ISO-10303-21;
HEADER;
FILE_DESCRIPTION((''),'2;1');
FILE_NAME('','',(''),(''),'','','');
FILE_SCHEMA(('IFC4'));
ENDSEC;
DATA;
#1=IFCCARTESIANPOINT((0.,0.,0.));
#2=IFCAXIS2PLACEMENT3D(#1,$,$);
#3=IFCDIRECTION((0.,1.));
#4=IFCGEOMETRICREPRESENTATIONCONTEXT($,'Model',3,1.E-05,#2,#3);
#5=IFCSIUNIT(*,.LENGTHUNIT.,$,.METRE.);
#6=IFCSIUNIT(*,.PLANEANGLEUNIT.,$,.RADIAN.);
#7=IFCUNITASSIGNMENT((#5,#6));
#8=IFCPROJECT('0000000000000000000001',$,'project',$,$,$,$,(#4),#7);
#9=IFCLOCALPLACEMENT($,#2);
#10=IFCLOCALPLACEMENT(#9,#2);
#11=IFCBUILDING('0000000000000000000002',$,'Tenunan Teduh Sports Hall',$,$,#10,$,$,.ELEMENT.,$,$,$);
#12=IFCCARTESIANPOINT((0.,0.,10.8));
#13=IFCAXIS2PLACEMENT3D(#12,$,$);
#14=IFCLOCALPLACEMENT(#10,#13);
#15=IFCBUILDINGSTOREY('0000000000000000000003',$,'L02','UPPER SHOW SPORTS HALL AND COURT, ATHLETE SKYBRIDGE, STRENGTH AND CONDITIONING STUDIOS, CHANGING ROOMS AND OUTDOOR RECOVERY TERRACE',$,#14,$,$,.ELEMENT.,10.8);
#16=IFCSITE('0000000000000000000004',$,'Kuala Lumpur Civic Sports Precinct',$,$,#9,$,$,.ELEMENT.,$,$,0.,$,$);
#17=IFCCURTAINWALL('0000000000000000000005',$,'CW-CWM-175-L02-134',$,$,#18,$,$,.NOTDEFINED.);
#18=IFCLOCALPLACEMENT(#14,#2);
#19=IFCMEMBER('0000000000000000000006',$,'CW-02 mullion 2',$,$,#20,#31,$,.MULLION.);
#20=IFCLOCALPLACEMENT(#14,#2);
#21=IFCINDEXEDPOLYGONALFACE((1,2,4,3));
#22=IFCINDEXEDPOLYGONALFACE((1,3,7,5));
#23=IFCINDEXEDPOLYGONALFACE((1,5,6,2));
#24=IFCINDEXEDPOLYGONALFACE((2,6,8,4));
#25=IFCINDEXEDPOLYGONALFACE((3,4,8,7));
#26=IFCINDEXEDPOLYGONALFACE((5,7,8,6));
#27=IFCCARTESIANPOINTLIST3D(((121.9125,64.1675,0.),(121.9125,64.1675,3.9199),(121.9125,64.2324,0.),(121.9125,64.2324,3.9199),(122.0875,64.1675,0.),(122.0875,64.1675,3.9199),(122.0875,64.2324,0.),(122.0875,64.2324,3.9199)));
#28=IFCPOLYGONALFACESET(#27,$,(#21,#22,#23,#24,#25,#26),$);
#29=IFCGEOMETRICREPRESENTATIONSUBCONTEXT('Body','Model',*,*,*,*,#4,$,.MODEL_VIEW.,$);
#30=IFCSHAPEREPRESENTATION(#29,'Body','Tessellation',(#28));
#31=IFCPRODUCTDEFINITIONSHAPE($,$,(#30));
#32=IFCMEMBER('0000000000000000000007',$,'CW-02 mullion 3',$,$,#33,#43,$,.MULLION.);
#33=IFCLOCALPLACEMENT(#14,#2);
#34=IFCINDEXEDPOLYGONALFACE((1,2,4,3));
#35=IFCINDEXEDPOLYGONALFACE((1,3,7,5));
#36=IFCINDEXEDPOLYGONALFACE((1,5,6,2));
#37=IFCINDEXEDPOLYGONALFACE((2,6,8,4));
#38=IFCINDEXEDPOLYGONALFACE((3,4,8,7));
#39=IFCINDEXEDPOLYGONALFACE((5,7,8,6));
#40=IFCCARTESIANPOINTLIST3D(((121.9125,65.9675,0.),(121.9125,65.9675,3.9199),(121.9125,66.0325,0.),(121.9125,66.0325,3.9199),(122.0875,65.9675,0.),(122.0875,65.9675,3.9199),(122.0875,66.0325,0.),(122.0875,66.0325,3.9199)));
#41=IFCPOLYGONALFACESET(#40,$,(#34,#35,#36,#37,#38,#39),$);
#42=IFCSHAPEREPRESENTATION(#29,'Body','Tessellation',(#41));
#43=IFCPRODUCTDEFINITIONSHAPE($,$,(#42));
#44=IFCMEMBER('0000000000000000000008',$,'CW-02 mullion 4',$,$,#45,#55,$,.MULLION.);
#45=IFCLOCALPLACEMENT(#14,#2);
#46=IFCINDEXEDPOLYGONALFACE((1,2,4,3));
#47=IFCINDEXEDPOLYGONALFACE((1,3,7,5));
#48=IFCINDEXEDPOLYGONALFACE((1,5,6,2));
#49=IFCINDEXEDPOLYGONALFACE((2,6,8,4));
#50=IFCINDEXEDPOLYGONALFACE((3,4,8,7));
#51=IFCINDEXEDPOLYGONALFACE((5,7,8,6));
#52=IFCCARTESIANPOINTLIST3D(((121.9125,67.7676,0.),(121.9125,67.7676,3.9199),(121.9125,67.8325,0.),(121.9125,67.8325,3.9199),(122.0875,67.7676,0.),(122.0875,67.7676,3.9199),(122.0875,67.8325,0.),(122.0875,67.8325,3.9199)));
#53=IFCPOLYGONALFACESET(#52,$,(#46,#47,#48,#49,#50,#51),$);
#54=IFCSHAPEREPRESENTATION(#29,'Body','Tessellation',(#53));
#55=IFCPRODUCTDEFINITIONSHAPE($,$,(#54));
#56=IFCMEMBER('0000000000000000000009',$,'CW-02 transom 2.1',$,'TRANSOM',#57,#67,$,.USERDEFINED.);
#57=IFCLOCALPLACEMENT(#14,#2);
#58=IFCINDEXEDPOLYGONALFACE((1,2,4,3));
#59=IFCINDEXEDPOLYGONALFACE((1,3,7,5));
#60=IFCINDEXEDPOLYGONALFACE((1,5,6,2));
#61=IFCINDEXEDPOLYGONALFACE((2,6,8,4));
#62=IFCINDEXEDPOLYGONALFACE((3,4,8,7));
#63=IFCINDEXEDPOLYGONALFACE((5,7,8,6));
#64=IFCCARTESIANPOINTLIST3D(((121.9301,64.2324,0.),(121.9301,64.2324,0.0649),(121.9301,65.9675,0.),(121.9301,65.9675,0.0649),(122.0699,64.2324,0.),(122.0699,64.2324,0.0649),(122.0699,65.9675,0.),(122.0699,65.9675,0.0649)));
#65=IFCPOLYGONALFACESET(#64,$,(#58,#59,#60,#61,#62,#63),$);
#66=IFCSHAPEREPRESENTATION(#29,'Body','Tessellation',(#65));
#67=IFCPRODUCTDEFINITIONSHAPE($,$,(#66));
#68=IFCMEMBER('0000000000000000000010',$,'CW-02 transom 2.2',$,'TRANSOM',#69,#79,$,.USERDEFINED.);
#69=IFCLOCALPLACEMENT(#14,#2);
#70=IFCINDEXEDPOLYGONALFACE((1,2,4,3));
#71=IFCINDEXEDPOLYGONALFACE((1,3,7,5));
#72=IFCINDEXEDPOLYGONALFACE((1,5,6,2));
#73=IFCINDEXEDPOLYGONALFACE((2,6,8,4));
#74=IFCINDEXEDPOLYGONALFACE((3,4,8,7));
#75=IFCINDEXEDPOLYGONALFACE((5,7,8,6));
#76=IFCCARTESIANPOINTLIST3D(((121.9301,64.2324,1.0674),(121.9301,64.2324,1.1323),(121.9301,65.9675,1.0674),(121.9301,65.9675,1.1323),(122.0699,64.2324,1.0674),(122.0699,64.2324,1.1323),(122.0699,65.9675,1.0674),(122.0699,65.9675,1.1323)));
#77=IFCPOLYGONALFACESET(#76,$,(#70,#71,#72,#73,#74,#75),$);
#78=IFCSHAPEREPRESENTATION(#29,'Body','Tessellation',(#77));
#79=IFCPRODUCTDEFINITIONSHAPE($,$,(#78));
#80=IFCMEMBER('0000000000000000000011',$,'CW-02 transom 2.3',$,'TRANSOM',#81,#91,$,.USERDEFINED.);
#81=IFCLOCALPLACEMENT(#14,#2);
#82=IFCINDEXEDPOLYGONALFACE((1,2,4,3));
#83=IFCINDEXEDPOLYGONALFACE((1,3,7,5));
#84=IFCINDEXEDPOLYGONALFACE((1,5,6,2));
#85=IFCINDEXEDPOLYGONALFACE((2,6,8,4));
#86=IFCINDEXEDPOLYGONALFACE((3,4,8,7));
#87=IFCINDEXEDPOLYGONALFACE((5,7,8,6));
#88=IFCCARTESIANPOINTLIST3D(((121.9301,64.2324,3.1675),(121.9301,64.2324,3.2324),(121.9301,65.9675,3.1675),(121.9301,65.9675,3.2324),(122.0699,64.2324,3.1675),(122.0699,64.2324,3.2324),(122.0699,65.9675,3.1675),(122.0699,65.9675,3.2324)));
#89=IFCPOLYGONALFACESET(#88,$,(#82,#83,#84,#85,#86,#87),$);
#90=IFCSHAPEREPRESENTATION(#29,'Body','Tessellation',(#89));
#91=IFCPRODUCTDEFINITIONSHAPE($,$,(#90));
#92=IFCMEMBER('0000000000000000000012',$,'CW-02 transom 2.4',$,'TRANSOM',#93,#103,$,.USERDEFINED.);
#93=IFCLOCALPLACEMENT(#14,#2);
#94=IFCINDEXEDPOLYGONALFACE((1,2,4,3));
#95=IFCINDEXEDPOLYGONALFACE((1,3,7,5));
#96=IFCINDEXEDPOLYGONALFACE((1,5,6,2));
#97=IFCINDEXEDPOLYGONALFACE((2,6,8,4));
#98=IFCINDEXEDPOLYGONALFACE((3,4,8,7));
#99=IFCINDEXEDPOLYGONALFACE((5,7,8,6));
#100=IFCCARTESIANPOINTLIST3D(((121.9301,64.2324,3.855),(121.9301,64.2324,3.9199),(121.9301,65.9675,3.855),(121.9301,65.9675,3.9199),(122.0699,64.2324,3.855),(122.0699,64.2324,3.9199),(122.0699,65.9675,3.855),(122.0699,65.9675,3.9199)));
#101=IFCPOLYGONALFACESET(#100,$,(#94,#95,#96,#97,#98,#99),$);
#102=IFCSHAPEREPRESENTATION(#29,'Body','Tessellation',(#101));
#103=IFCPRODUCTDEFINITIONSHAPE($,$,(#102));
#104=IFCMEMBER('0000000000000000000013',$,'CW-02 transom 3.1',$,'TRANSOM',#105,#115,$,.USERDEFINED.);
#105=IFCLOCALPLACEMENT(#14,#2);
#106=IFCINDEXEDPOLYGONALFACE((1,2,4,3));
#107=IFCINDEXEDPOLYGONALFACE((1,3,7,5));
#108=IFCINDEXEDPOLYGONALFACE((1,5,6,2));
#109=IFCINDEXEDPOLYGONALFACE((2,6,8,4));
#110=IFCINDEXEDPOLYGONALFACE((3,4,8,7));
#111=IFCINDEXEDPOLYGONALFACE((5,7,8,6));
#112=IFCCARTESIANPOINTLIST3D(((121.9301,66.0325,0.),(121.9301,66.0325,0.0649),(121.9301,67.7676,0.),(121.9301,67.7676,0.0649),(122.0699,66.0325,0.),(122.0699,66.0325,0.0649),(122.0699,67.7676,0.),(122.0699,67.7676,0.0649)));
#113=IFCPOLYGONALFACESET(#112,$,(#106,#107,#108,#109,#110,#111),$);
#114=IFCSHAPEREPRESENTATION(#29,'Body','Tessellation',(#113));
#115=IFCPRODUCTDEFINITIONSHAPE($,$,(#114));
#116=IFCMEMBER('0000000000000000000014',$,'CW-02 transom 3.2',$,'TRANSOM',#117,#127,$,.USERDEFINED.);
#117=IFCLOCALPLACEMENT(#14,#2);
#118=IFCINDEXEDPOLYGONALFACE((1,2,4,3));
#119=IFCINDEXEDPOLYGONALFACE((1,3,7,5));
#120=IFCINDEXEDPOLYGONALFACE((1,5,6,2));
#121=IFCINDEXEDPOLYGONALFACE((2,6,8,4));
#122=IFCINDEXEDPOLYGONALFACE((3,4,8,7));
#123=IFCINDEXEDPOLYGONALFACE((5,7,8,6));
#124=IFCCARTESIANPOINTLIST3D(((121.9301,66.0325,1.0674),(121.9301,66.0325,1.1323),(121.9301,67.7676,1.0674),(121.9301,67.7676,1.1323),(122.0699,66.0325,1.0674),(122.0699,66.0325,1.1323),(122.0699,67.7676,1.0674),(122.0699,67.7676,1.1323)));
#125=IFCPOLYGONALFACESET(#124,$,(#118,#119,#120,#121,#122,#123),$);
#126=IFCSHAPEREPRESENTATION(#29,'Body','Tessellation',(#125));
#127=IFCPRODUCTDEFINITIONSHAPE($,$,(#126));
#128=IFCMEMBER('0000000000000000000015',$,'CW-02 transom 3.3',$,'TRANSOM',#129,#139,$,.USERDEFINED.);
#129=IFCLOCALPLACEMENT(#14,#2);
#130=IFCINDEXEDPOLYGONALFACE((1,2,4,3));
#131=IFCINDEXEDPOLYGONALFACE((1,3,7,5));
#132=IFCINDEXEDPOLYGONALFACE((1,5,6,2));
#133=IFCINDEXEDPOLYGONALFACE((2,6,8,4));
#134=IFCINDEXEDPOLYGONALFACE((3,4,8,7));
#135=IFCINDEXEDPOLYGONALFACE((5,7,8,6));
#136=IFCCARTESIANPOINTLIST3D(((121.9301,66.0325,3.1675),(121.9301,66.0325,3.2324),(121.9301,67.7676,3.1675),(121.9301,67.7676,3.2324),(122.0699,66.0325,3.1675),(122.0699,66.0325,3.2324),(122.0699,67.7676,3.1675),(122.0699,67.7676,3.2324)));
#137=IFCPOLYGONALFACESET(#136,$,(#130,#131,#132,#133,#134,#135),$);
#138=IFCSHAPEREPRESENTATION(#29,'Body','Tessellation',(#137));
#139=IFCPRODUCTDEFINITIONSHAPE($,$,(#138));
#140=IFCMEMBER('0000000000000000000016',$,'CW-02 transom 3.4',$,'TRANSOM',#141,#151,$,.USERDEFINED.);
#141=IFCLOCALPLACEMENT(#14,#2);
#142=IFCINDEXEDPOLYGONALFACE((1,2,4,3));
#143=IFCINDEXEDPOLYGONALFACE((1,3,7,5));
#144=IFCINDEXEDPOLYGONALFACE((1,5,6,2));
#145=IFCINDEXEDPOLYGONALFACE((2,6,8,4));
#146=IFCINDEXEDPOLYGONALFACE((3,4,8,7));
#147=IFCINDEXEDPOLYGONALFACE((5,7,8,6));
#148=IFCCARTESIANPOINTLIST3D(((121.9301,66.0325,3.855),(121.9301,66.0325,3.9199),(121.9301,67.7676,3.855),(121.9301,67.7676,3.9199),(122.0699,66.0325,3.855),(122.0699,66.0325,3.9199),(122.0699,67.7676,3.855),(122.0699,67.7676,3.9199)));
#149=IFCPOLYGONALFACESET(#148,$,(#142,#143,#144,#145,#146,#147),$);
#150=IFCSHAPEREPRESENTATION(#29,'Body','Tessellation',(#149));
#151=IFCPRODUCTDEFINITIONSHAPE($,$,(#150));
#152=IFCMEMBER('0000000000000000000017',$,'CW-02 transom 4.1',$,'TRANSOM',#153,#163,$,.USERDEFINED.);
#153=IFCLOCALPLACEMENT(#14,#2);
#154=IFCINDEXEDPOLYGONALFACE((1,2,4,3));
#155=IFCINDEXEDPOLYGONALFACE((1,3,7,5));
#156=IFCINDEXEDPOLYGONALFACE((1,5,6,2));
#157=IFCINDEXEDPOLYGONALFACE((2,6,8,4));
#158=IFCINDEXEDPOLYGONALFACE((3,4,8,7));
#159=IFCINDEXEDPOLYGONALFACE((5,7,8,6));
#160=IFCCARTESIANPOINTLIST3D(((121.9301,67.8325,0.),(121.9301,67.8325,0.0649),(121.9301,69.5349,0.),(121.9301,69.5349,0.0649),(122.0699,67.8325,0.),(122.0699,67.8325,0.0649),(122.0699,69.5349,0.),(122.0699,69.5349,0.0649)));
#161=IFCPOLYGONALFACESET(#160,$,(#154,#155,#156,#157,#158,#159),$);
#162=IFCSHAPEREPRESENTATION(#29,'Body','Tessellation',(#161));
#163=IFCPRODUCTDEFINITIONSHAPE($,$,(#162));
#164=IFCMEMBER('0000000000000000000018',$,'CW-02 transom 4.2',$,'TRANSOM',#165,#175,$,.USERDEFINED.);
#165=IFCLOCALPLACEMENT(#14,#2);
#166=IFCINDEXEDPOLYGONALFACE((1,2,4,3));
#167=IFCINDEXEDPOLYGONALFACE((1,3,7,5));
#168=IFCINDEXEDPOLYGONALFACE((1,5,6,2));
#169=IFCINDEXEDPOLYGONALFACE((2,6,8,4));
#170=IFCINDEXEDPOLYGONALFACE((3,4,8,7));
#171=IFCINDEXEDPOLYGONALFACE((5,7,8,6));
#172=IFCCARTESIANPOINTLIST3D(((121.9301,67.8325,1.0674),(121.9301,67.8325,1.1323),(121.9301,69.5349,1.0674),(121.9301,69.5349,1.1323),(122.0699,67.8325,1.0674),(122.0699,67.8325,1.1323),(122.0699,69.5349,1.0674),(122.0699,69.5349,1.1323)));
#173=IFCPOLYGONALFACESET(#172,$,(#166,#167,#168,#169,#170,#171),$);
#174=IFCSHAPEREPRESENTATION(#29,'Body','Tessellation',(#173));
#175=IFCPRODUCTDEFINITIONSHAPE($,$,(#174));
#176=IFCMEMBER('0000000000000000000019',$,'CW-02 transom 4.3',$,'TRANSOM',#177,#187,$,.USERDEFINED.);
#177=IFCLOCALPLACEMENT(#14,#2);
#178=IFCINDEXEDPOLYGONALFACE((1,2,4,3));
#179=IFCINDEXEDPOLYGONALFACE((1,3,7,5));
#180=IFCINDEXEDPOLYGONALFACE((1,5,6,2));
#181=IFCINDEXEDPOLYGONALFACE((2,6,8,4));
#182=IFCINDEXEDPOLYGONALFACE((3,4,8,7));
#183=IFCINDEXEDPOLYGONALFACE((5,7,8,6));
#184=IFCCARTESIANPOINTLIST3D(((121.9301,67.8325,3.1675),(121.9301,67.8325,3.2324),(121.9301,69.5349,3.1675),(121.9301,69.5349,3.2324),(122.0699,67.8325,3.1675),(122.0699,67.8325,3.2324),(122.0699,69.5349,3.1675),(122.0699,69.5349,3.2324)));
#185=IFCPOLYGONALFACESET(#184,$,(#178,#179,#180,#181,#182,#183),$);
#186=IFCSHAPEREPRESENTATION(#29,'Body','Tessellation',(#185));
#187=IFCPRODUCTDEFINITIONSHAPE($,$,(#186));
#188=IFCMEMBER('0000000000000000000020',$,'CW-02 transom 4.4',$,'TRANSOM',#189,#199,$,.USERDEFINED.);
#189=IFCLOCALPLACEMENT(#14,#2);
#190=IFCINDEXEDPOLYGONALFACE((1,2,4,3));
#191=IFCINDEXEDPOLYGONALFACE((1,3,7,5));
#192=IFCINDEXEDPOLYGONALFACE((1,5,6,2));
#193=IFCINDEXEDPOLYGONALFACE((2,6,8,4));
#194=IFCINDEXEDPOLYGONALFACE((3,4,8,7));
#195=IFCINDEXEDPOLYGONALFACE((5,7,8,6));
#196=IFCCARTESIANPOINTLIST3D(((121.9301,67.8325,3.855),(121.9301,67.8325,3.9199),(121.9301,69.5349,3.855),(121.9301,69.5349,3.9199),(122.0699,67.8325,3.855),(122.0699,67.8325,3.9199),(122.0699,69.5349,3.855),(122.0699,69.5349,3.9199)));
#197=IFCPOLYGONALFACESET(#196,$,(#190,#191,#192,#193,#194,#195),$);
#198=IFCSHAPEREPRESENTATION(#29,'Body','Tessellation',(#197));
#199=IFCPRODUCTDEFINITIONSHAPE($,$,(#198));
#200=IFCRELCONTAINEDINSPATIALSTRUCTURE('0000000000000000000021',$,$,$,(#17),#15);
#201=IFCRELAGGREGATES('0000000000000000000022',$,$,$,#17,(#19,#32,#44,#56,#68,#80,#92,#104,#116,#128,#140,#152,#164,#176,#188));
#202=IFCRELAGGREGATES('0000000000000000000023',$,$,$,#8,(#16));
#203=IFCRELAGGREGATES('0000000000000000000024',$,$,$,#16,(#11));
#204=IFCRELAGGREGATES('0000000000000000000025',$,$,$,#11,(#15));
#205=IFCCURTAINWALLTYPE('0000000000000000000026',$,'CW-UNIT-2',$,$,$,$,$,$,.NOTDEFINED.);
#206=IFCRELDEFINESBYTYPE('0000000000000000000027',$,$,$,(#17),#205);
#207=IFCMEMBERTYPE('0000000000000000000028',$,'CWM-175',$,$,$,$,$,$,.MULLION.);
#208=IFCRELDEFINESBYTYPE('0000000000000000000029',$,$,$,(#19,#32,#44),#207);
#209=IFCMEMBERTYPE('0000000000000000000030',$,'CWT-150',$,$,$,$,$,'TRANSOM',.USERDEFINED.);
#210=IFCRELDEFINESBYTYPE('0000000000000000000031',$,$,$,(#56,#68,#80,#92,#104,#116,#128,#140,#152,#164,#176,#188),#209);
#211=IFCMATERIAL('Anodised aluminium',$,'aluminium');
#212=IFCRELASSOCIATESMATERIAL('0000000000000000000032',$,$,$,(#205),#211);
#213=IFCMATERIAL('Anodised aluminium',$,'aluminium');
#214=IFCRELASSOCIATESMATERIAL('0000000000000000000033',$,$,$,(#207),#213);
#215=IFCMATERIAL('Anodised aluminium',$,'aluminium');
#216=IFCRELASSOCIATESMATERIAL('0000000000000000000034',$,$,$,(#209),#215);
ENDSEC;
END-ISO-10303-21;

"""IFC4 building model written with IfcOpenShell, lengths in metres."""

from ifc_helpers import new_model, si_unit, direction, frame, origin, origin_2d, place, context, subcontext, project, spatial, rectangle, extrude, material, material_profile, profile_set, type_object, element, aggregate, save


model = new_model("IFC4")

# Units and contexts
model_context = context("Model", 3, precision=1e-05, world=origin(), true_north=direction((0.0, 1.0)))
body_context = subcontext(model_context, "Body", "Model", "MODEL_VIEW")
ifc_project = project(units=[si_unit("LENGTHUNIT", "METRE"), si_unit("PLANEANGLEUNIT", "RADIAN")], contexts=[model_context])

# Site, building, storey
site_placement = place(None, origin())
site = spatial("IfcSite", under=ifc_project, at=site_placement, Name="Kuala Lumpur Civic Sports Precinct", CompositionType="ELEMENT", RefElevation=0.0)
building_placement = place(site_placement, origin())
building = spatial("IfcBuilding", under=site, at=building_placement, Name="Tenunan Teduh Sports Hall", CompositionType="ELEMENT")
storey_placement = place(building_placement, frame((0.0, 0.0, 10.8)))
storey = spatial("IfcBuildingStorey", under=building, at=storey_placement, Name="L02", Description="UPPER SHOW SPORTS HALL AND COURT, ATHLETE SKYBRIDGE, STRENGTH AND CONDITIONING STUDIOS, CHANGING ROOMS AND OUTDOOR RECOVERY TERRACE", CompositionType="ELEMENT", Elevation=10.8)

# Curtain wall, members
ifc_material_1 = material(Name="Anodised aluminium", Category="aluminium")
curtain_wall_type = type_object("IfcCurtainWallType", Name="CW-UNIT-2", PredefinedType="NOTDEFINED", material=ifc_material_1)
curtain_wall_placement = place(storey_placement, origin())
curtain_wall = element("IfcCurtainWall", 1, at=curtain_wall_placement, inside=storey, type_object=curtain_wall_type, Name="CW-CWM-175-L02-134", PredefinedType="NOTDEFINED")
ifc_material_2 = material(Name="Anodised aluminium", Category="aluminium")
ifc_material_profile_1 = material_profile(ifc_material_2, rectangle(XDim=0.0649, YDim=0.175, at=origin_2d()), Name="CWM 65x175")
ifc_profile_set_1 = profile_set([ifc_material_profile_1], Name="Anodised aluminium")
member_type_1 = type_object("IfcMemberType", Name="CWM-175", PredefinedType="MULLION", material=ifc_profile_set_1)
member_1_placement = place(storey_placement, frame((122.0, 64.2, 0.0), z_axis=(0.0, 0.0, 1.0), x_axis=(0.0, 1.0, 0.0)))
member_1 = element("IfcMember", 2, at=member_1_placement, type_object=member_type_1, Name="CW-02 mullion 2", PredefinedType="MULLION", context=body_context, shape_type="SweptSolid", body=[
    extrude(rectangle(XDim=0.0649, YDim=0.175, at=origin_2d()), origin(), (0.0, 0.0, 1.0), 3.9199),
])
member_2_placement = place(storey_placement, frame((122.0, 66.0, 0.0), z_axis=(0.0, 0.0, 1.0), x_axis=(0.0, 1.0, 0.0)))
member_2 = element("IfcMember", 3, at=member_2_placement, type_object=member_type_1, Name="CW-02 mullion 3", PredefinedType="MULLION", context=body_context, shape_type="SweptSolid", body=[
    extrude(rectangle(XDim=0.0649, YDim=0.175, at=origin_2d()), origin(), (0.0, 0.0, 1.0), 3.9199),
])
member_3_placement = place(storey_placement, frame((122.0, 67.8, 0.0), z_axis=(0.0, 0.0, 1.0), x_axis=(0.0, 1.0, 0.0)))
member_3 = element("IfcMember", 4, at=member_3_placement, type_object=member_type_1, Name="CW-02 mullion 4", PredefinedType="MULLION", context=body_context, shape_type="SweptSolid", body=[
    extrude(rectangle(XDim=0.0649, YDim=0.175, at=origin_2d()), origin(), (0.0, 0.0, 1.0), 3.9199),
])
ifc_material_3 = material(Name="Anodised aluminium", Category="aluminium")
ifc_material_profile_2 = material_profile(ifc_material_3, rectangle(XDim=0.0649, YDim=0.1399, at=origin_2d()), Name="CWT 65x140")
ifc_profile_set_2 = profile_set([ifc_material_profile_2], Name="Anodised aluminium")
member_type_2 = type_object("IfcMemberType", Name="CWT-150", ElementType="TRANSOM", PredefinedType="USERDEFINED", material=ifc_profile_set_2)
member_4_placement = place(storey_placement, frame((122.0, 64.2324, 0.0325), z_axis=(0.0, 1.0, 0.0), x_axis=(0.0, 0.0, 1.0)))
member_4 = element("IfcMember", 5, at=member_4_placement, type_object=member_type_2, Name="CW-02 transom 2.1", ObjectType="TRANSOM", PredefinedType="USERDEFINED", context=body_context, shape_type="SweptSolid", body=[
    extrude(rectangle(XDim=0.0649, YDim=0.1399, at=origin_2d()), origin(), (0.0, 0.0, 1.0), 1.7351),
])
member_5_placement = place(storey_placement, frame((122.0, 64.2324, 1.0999), z_axis=(0.0, 1.0, 0.0), x_axis=(0.0, 0.0, 1.0)))
member_5 = element("IfcMember", 6, at=member_5_placement, type_object=member_type_2, Name="CW-02 transom 2.2", ObjectType="TRANSOM", PredefinedType="USERDEFINED", context=body_context, shape_type="SweptSolid", body=[
    extrude(rectangle(XDim=0.0649, YDim=0.1399, at=origin_2d()), origin(), (0.0, 0.0, 1.0), 1.7351),
])
member_6_placement = place(storey_placement, frame((122.0, 64.2324, 3.2), z_axis=(0.0, 1.0, 0.0), x_axis=(0.0, 0.0, 1.0)))
member_6 = element("IfcMember", 7, at=member_6_placement, type_object=member_type_2, Name="CW-02 transom 2.3", ObjectType="TRANSOM", PredefinedType="USERDEFINED", context=body_context, shape_type="SweptSolid", body=[
    extrude(rectangle(XDim=0.0649, YDim=0.1399, at=origin_2d()), origin(), (0.0, 0.0, 1.0), 1.7351),
])
member_7_placement = place(storey_placement, frame((122.0, 64.2324, 3.8875), z_axis=(0.0, 1.0, 0.0), x_axis=(0.0, 0.0, 1.0)))
member_7 = element("IfcMember", 8, at=member_7_placement, type_object=member_type_2, Name="CW-02 transom 2.4", ObjectType="TRANSOM", PredefinedType="USERDEFINED", context=body_context, shape_type="SweptSolid", body=[
    extrude(rectangle(XDim=0.0649, YDim=0.1399, at=origin_2d()), origin(), (0.0, 0.0, 1.0), 1.7351),
])
member_8_placement = place(storey_placement, frame((122.0, 66.0325, 0.0325), z_axis=(0.0, 1.0, 0.0), x_axis=(0.0, 0.0, 1.0)))
member_8 = element("IfcMember", 9, at=member_8_placement, type_object=member_type_2, Name="CW-02 transom 3.1", ObjectType="TRANSOM", PredefinedType="USERDEFINED", context=body_context, shape_type="SweptSolid", body=[
    extrude(rectangle(XDim=0.0649, YDim=0.1399, at=origin_2d()), origin(), (0.0, 0.0, 1.0), 1.7351),
])
member_9_placement = place(storey_placement, frame((122.0, 66.0325, 1.0999), z_axis=(0.0, 1.0, 0.0), x_axis=(0.0, 0.0, 1.0)))
member_9 = element("IfcMember", 10, at=member_9_placement, type_object=member_type_2, Name="CW-02 transom 3.2", ObjectType="TRANSOM", PredefinedType="USERDEFINED", context=body_context, shape_type="SweptSolid", body=[
    extrude(rectangle(XDim=0.0649, YDim=0.1399, at=origin_2d()), origin(), (0.0, 0.0, 1.0), 1.7351),
])
member_10_placement = place(storey_placement, frame((122.0, 66.0325, 3.2), z_axis=(0.0, 1.0, 0.0), x_axis=(0.0, 0.0, 1.0)))
member_10 = element("IfcMember", 11, at=member_10_placement, type_object=member_type_2, Name="CW-02 transom 3.3", ObjectType="TRANSOM", PredefinedType="USERDEFINED", context=body_context, shape_type="SweptSolid", body=[
    extrude(rectangle(XDim=0.0649, YDim=0.1399, at=origin_2d()), origin(), (0.0, 0.0, 1.0), 1.7351),
])
member_11_placement = place(storey_placement, frame((122.0, 66.0325, 3.8875), z_axis=(0.0, 1.0, 0.0), x_axis=(0.0, 0.0, 1.0)))
member_11 = element("IfcMember", 12, at=member_11_placement, type_object=member_type_2, Name="CW-02 transom 3.4", ObjectType="TRANSOM", PredefinedType="USERDEFINED", context=body_context, shape_type="SweptSolid", body=[
    extrude(rectangle(XDim=0.0649, YDim=0.1399, at=origin_2d()), origin(), (0.0, 0.0, 1.0), 1.7351),
])
member_12_placement = place(storey_placement, frame((122.0, 67.8325, 0.0325), z_axis=(0.0, 1.0, 0.0), x_axis=(0.0, 0.0, 1.0)))
member_12 = element("IfcMember", 13, at=member_12_placement, type_object=member_type_2, Name="CW-02 transom 4.1", ObjectType="TRANSOM", PredefinedType="USERDEFINED", context=body_context, shape_type="SweptSolid", body=[
    extrude(rectangle(XDim=0.0649, YDim=0.1399, at=origin_2d()), origin(), (0.0, 0.0, 1.0), 1.7024),
])
member_13_placement = place(storey_placement, frame((122.0, 67.8325, 1.0999), z_axis=(0.0, 1.0, 0.0), x_axis=(0.0, 0.0, 1.0)))
member_13 = element("IfcMember", 14, at=member_13_placement, type_object=member_type_2, Name="CW-02 transom 4.2", ObjectType="TRANSOM", PredefinedType="USERDEFINED", context=body_context, shape_type="SweptSolid", body=[
    extrude(rectangle(XDim=0.0649, YDim=0.1399, at=origin_2d()), origin(), (0.0, 0.0, 1.0), 1.7024),
])
member_14_placement = place(storey_placement, frame((122.0, 67.8325, 3.2), z_axis=(0.0, 1.0, 0.0), x_axis=(0.0, 0.0, 1.0)))
member_14 = element("IfcMember", 15, at=member_14_placement, type_object=member_type_2, Name="CW-02 transom 4.3", ObjectType="TRANSOM", PredefinedType="USERDEFINED", context=body_context, shape_type="SweptSolid", body=[
    extrude(rectangle(XDim=0.0649, YDim=0.1399, at=origin_2d()), origin(), (0.0, 0.0, 1.0), 1.7024),
])
member_15_placement = place(storey_placement, frame((122.0, 67.8325, 3.8875), z_axis=(0.0, 1.0, 0.0), x_axis=(0.0, 0.0, 1.0)))
member_15 = element("IfcMember", 16, at=member_15_placement, type_object=member_type_2, Name="CW-02 transom 4.4", ObjectType="TRANSOM", PredefinedType="USERDEFINED", context=body_context, shape_type="SweptSolid", body=[
    extrude(rectangle(XDim=0.0649, YDim=0.1399, at=origin_2d()), origin(), (0.0, 0.0, 1.0), 1.7024),
])
aggregate(curtain_wall, [member_1, member_2, member_3, member_4, member_5, member_6, member_7, member_8, member_9, member_10, member_11, member_12, member_13, member_14, member_15])

save(model, "model.ifc")
